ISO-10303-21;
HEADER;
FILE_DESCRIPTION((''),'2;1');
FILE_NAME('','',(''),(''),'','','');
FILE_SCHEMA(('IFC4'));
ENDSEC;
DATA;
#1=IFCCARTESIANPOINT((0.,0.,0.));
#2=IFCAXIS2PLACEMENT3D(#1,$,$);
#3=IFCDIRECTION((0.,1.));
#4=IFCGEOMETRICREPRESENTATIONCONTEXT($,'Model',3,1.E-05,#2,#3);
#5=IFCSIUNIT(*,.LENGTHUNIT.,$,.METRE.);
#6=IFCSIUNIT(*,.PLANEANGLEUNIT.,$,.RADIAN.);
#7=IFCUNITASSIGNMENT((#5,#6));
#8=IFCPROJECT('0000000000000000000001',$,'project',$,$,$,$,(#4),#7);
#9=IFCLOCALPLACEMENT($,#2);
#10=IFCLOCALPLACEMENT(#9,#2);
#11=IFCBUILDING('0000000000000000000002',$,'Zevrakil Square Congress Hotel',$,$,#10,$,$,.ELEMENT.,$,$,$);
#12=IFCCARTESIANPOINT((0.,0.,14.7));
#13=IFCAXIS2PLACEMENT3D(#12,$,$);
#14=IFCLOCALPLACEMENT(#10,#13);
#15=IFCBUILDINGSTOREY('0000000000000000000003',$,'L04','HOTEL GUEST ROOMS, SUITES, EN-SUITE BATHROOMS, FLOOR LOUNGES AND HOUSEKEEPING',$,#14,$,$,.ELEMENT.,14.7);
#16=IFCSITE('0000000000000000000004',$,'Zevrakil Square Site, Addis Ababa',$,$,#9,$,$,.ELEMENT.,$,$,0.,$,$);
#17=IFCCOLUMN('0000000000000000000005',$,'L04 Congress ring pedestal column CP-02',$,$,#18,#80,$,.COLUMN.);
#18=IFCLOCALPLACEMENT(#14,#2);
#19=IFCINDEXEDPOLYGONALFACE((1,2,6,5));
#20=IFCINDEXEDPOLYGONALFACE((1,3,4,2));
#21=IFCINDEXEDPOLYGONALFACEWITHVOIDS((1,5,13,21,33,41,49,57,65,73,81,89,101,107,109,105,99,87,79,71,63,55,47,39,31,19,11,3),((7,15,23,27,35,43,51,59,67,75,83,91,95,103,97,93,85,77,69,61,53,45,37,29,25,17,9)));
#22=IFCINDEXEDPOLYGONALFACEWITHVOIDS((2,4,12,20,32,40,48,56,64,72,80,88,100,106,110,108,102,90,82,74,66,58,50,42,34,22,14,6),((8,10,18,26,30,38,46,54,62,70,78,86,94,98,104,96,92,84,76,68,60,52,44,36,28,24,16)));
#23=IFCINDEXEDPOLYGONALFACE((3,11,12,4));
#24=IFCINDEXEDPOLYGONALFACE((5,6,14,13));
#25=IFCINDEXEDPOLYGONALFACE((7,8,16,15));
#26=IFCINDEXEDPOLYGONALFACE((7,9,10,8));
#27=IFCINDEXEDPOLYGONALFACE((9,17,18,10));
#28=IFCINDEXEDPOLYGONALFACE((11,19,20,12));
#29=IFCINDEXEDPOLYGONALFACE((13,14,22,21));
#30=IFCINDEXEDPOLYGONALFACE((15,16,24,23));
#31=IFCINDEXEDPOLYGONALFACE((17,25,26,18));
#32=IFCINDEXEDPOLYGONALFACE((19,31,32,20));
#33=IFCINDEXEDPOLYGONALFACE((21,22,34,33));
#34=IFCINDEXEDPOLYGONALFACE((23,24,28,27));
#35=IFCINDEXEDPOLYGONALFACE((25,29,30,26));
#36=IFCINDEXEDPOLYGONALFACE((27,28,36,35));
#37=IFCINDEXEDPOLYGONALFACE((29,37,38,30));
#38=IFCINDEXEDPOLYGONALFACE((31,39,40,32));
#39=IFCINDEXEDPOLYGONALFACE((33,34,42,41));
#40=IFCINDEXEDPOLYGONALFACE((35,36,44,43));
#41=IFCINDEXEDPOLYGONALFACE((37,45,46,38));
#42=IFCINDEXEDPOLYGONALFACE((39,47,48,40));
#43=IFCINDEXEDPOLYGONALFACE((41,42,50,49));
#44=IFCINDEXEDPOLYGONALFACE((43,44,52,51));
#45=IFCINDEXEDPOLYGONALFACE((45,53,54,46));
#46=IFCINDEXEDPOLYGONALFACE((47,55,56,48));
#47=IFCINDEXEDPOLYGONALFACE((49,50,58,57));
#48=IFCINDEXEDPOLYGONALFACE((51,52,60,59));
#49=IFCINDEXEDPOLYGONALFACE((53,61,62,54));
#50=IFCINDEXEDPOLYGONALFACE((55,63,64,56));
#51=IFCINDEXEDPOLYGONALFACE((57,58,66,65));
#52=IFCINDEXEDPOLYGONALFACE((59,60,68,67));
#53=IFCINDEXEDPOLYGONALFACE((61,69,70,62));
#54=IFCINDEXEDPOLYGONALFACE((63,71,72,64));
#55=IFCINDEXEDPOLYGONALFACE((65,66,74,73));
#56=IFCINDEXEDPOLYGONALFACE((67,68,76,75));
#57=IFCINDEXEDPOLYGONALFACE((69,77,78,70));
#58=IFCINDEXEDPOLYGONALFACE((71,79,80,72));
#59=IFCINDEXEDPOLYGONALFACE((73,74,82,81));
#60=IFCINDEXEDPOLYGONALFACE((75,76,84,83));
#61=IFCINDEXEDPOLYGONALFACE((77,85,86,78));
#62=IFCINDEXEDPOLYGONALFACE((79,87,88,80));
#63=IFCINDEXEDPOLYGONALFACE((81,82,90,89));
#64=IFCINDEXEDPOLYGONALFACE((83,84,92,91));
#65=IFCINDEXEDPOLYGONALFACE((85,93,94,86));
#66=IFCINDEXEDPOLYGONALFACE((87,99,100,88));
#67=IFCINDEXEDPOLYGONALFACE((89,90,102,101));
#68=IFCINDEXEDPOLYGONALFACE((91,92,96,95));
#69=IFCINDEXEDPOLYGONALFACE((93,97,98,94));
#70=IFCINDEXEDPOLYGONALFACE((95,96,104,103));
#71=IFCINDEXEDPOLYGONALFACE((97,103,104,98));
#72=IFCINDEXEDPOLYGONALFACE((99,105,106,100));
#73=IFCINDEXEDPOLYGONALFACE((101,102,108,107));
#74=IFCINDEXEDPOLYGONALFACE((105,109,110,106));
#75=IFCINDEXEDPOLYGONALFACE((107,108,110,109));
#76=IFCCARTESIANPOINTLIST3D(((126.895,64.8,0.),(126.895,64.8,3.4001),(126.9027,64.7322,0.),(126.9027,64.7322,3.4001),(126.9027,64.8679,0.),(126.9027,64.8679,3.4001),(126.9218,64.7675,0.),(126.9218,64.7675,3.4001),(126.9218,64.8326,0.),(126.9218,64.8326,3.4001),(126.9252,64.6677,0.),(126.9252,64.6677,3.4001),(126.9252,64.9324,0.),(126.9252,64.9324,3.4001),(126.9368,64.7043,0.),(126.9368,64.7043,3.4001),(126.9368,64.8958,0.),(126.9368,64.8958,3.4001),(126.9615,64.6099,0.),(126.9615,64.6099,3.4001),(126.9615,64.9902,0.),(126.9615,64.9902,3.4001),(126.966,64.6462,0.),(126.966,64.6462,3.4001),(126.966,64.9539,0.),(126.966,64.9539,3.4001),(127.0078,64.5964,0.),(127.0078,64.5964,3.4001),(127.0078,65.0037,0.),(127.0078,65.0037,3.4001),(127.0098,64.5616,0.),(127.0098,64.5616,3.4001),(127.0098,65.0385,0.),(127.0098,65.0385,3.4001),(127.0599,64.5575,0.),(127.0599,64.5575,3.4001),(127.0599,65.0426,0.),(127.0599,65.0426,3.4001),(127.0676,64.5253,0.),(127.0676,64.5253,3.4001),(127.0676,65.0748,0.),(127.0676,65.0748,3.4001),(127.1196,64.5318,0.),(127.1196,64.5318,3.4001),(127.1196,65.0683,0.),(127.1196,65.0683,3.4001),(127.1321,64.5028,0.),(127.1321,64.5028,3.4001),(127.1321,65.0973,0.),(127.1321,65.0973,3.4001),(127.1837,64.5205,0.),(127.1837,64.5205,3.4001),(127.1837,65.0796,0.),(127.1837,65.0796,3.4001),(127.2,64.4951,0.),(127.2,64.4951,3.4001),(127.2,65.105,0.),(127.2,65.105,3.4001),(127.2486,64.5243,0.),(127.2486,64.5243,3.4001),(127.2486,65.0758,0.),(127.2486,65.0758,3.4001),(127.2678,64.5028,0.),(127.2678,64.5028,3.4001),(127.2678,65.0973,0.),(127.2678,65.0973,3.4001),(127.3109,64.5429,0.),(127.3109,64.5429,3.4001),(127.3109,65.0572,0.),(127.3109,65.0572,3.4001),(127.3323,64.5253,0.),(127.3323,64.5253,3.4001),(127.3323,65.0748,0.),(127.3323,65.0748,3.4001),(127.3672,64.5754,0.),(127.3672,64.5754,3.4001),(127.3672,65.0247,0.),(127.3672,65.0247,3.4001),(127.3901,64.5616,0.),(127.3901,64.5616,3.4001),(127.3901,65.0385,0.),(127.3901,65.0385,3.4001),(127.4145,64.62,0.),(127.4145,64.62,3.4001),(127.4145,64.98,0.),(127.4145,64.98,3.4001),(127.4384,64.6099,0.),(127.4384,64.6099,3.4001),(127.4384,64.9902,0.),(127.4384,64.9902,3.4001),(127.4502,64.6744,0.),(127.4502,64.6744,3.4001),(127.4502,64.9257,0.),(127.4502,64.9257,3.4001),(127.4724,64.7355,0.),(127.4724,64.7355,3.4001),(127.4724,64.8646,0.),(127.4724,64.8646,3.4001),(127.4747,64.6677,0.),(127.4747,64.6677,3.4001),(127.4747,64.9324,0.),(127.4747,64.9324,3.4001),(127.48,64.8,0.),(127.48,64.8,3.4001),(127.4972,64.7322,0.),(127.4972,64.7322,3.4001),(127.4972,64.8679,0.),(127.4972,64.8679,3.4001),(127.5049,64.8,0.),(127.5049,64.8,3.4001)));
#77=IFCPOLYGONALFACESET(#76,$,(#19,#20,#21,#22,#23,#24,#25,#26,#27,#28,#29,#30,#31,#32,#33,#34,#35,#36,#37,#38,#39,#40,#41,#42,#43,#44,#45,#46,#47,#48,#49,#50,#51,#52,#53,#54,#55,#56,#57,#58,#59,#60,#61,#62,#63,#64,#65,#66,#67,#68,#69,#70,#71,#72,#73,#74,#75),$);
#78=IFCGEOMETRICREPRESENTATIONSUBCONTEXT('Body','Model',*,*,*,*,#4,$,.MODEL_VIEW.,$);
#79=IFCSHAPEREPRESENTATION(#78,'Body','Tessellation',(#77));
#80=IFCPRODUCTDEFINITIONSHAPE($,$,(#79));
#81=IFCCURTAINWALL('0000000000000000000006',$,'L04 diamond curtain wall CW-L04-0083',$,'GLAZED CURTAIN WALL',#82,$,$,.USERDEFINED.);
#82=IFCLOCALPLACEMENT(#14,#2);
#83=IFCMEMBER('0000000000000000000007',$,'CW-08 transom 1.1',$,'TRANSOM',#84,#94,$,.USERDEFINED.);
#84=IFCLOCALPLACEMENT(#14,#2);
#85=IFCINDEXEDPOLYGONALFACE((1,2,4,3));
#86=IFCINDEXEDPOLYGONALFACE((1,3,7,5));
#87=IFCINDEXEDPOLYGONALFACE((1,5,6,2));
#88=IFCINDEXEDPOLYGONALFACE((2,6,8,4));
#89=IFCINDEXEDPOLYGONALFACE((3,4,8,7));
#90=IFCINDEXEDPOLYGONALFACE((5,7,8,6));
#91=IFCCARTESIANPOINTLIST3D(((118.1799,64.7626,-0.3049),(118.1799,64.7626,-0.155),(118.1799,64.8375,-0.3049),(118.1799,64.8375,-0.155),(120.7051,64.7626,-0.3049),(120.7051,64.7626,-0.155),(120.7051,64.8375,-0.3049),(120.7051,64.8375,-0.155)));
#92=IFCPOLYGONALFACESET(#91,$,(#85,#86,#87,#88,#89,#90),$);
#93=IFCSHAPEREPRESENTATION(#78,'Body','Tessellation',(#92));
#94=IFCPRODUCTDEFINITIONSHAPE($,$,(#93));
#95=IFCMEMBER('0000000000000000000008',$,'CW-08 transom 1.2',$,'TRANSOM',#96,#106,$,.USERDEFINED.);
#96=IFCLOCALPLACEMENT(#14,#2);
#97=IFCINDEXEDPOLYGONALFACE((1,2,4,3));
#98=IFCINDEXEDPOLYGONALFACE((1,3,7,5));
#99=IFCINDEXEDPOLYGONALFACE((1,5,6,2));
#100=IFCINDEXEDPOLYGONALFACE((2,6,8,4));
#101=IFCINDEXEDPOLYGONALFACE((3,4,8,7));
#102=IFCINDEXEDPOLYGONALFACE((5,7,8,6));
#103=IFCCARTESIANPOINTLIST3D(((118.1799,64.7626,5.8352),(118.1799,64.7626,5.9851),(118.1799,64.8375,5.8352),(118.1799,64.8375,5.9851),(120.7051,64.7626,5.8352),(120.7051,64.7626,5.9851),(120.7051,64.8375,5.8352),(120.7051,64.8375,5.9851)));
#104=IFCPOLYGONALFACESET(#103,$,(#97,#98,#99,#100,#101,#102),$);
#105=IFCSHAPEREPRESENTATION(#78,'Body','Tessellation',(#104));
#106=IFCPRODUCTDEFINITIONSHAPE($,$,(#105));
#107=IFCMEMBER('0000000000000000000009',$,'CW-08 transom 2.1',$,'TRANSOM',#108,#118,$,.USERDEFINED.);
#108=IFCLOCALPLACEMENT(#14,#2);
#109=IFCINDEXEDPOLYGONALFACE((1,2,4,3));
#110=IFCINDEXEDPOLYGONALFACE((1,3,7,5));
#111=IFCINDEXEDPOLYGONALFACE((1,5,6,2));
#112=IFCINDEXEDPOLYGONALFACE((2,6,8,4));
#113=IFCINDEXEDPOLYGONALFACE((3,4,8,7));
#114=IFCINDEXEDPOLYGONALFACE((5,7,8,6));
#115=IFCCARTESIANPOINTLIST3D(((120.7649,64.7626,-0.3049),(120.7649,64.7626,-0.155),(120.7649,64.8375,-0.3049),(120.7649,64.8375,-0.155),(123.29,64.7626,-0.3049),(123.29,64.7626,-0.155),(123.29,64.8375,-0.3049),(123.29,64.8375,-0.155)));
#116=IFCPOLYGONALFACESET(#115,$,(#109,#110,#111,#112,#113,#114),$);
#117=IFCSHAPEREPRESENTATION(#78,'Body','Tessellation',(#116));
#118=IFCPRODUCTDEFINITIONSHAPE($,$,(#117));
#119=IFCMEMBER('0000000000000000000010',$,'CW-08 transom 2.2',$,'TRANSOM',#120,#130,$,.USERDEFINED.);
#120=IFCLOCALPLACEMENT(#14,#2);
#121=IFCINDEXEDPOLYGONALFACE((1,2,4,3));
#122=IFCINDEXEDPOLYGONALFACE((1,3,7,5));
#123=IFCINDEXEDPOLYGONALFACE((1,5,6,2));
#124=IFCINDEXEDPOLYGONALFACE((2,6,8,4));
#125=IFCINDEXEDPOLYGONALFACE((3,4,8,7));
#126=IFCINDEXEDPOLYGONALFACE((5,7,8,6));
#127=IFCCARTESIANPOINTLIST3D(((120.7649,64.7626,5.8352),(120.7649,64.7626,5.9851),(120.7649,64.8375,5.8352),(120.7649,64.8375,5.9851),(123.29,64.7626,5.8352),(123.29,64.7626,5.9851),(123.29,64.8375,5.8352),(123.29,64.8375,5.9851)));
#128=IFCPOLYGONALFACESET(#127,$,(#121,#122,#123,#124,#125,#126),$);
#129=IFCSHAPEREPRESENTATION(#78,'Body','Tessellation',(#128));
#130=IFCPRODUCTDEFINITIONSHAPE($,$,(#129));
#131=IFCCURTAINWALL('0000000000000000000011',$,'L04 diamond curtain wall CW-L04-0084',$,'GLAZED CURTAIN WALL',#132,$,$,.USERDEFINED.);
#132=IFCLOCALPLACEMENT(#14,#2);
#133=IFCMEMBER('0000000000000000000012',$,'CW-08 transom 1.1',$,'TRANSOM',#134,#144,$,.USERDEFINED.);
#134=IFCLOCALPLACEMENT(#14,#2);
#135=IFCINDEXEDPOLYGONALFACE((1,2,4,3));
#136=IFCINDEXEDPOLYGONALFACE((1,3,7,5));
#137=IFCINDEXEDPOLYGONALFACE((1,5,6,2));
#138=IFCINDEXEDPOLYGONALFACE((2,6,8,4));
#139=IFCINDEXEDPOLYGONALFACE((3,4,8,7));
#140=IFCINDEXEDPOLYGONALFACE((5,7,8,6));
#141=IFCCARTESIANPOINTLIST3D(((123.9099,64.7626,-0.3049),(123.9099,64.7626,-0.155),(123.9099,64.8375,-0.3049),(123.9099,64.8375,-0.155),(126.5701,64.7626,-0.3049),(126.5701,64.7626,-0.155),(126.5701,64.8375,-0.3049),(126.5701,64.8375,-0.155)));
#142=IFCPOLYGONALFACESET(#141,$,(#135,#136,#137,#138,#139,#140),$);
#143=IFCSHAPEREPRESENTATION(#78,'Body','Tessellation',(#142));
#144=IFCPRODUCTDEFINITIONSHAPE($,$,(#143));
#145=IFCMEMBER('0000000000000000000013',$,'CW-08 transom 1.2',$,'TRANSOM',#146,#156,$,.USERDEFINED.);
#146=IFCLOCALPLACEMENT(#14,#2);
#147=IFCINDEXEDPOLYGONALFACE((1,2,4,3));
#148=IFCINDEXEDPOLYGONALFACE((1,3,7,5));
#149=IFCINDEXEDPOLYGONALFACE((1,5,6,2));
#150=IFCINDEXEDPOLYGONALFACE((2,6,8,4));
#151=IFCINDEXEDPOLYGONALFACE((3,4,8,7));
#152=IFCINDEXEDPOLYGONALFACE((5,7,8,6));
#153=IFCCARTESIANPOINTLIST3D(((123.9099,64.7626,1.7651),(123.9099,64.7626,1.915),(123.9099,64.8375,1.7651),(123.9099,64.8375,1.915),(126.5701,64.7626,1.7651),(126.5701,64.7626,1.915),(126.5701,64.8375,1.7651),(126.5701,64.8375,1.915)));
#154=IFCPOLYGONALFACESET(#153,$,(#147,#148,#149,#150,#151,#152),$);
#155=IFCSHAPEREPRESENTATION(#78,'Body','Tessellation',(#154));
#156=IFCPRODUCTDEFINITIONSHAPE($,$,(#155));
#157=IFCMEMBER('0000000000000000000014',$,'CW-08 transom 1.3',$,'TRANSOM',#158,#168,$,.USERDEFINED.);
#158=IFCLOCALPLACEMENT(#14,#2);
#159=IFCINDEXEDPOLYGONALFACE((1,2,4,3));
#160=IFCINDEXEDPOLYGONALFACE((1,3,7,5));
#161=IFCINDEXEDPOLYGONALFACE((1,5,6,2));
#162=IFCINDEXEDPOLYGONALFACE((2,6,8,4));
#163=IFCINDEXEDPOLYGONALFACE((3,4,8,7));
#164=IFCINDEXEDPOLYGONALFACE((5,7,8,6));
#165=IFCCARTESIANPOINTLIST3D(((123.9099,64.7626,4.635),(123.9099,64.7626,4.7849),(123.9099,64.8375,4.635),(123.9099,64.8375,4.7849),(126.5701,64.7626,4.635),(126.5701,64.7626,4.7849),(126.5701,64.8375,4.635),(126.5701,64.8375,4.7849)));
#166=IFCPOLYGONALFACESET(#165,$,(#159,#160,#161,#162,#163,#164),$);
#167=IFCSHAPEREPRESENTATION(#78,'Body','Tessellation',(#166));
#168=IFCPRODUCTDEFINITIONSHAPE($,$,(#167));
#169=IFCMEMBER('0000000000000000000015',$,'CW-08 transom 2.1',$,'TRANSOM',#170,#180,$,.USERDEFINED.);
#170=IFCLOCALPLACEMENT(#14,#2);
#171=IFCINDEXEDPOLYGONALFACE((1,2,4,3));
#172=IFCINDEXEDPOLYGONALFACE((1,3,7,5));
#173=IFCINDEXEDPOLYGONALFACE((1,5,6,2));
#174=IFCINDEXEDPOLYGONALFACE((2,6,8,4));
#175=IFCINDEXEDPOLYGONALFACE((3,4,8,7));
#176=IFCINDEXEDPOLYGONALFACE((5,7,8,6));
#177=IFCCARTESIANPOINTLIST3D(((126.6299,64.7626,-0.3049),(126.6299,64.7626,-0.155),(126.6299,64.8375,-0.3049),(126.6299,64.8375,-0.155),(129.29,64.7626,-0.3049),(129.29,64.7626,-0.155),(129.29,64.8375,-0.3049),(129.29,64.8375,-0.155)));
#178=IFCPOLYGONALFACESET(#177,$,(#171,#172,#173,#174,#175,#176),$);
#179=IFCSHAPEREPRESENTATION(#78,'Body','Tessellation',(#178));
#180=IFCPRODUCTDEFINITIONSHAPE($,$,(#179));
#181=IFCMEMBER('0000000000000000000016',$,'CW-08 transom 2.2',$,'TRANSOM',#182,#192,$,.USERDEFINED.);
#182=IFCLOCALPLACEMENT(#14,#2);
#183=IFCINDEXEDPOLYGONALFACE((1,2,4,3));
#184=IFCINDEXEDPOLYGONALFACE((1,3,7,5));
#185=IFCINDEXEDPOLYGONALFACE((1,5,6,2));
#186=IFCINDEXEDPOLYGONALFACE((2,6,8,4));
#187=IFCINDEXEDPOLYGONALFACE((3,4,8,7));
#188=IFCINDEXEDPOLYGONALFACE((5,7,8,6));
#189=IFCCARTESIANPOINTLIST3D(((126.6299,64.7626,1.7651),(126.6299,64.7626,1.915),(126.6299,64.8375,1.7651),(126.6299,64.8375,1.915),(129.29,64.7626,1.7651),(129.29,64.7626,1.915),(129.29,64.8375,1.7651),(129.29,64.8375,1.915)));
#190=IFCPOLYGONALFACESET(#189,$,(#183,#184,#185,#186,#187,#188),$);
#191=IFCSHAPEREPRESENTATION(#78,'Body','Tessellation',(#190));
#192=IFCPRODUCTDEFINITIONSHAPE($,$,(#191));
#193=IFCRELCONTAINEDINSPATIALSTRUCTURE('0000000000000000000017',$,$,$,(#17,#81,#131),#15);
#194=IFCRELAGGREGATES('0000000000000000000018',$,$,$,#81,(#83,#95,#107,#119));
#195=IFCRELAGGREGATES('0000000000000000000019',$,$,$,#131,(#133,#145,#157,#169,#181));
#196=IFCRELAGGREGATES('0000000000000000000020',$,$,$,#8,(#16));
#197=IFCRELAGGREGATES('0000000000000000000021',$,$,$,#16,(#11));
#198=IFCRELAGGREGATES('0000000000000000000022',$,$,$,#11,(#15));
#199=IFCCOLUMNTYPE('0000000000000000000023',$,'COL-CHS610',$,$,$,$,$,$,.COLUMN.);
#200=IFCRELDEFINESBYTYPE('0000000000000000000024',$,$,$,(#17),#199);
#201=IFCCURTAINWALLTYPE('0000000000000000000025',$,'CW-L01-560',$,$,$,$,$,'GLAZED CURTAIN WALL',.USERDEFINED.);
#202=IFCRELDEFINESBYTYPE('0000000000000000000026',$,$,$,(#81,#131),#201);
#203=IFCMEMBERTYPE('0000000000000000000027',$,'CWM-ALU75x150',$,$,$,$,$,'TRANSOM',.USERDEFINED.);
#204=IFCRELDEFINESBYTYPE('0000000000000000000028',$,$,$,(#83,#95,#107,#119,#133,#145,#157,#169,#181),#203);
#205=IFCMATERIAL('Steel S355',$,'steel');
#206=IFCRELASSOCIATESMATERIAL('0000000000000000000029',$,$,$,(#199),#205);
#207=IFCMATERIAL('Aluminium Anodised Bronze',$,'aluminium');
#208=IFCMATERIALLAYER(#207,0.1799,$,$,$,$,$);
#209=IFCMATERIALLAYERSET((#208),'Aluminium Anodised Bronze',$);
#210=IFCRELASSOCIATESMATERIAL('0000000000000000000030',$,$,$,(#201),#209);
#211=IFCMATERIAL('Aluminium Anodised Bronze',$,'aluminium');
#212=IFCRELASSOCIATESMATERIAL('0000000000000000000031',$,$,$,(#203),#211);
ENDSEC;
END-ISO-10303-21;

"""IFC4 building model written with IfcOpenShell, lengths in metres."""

from ifc_helpers import new_model, si_unit, direction, frame, origin, origin_2d, place, context, subcontext, project, spatial, rectangle, hollow_circle, extrude, material, layer, layer_set, material_profile, profile_set, type_object, element, aggregate, save


model = new_model("IFC4")

# Units and contexts
model_context = context("Model", 3, precision=1e-05, world=origin(), true_north=direction((0.0, 1.0)))
body_context = subcontext(model_context, "Body", "Model", "MODEL_VIEW")
ifc_project = project(units=[si_unit("LENGTHUNIT", "METRE"), si_unit("PLANEANGLEUNIT", "RADIAN")], contexts=[model_context])

# Site, building, storey
site_placement = place(None, origin())
site = spatial("IfcSite", under=ifc_project, at=site_placement, Name="Zevrakil Square Site, Addis Ababa", CompositionType="ELEMENT", RefElevation=0.0)
building_placement = place(site_placement, origin())
building = spatial("IfcBuilding", under=site, at=building_placement, Name="Zevrakil Square Congress Hotel", CompositionType="ELEMENT")
storey_placement = place(building_placement, frame((0.0, 0.0, 14.7)))
storey = spatial("IfcBuildingStorey", under=building, at=storey_placement, Name="L04", Description="HOTEL GUEST ROOMS, SUITES, EN-SUITE BATHROOMS, FLOOR LOUNGES AND HOUSEKEEPING", CompositionType="ELEMENT", Elevation=14.7)

# Column
ifc_material_1 = material(Name="Steel S355", Category="steel")
ifc_material_profile_1 = material_profile(ifc_material_1, hollow_circle(Radius=0.3049, WallThickness=0.0249, at=origin_2d()), Name="CHS 610x25")
ifc_profile_set_1 = profile_set([ifc_material_profile_1], Name="Steel S355")
column_type = type_object("IfcColumnType", Name="COL-CHS610", PredefinedType="COLUMN", material=ifc_profile_set_1)
column_placement = place(storey_placement, frame((127.2, 64.8, 0.0), z_axis=(0.0, 0.0, 1.0), x_axis=(1.0, 0.0, 0.0)))
element("IfcColumn", 1, at=column_placement, inside=storey, type_object=column_type, Name="L04 Congress ring pedestal column CP-02", PredefinedType="COLUMN", context=body_context, shape_type="SweptSolid", body=[
    extrude(hollow_circle(Radius=0.3049, WallThickness=0.0249, at=origin_2d()), origin(), (0.0, 0.0, 1.0), 3.4001),
])

# Curtain walls, members
ifc_material_2 = material(Name="Aluminium Anodised Bronze", Category="aluminium")
ifc_layer_1 = layer(ifc_material_2, 0.1799)
ifc_layer_set_1 = layer_set([ifc_layer_1], Name="Aluminium Anodised Bronze")
curtain_wall_type = type_object("IfcCurtainWallType", Name="CW-L01-560", ElementType="GLAZED CURTAIN WALL", PredefinedType="USERDEFINED", material=ifc_layer_set_1)
curtain_wall_1_placement = place(storey_placement, origin())
curtain_wall_1 = element("IfcCurtainWall", 2, at=curtain_wall_1_placement, inside=storey, type_object=curtain_wall_type, Name="L04 diamond curtain wall CW-L04-0083", ObjectType="GLAZED CURTAIN WALL", PredefinedType="USERDEFINED")
ifc_material_3 = material(Name="Aluminium Anodised Bronze", Category="aluminium")
ifc_material_profile_2 = material_profile(ifc_material_3, rectangle(XDim=0.075, YDim=0.1499, at=origin_2d()), Name="ALU 75x150")
ifc_profile_set_2 = profile_set([ifc_material_profile_2], Name="Aluminium Anodised Bronze")
member_type_1 = type_object("IfcMemberType", Name="CWM-ALU75x150", ElementType="TRANSOM", PredefinedType="USERDEFINED", material=ifc_profile_set_2)
member_1_placement = place(storey_placement, frame((118.1799, 64.8, -0.23), z_axis=(1.0, 0.0, 0.0), x_axis=(0.0, 1.0, 0.0)))
member_1 = element("IfcMember", 3, at=member_1_placement, type_object=member_type_1, Name="CW-08 transom 1.1", ObjectType="TRANSOM", PredefinedType="USERDEFINED", context=body_context, shape_type="SweptSolid", body=[
    extrude(rectangle(XDim=0.075, YDim=0.1499, at=origin_2d()), origin(), (0.0, 0.0, 1.0), 2.5251),
])
member_2_placement = place(storey_placement, frame((118.1799, 64.8, 5.9102), z_axis=(1.0, 0.0, 0.0), x_axis=(0.0, 1.0, 0.0)))
member_2 = element("IfcMember", 4, at=member_2_placement, type_object=member_type_1, Name="CW-08 transom 1.2", ObjectType="TRANSOM", PredefinedType="USERDEFINED", context=body_context, shape_type="SweptSolid", body=[
    extrude(rectangle(XDim=0.075, YDim=0.1499, at=origin_2d()), origin(), (0.0, 0.0, 1.0), 2.5251),
])
member_3_placement = place(storey_placement, frame((120.7649, 64.8, -0.23), z_axis=(1.0, 0.0, 0.0), x_axis=(0.0, 1.0, 0.0)))
member_3 = element("IfcMember", 5, at=member_3_placement, type_object=member_type_1, Name="CW-08 transom 2.1", ObjectType="TRANSOM", PredefinedType="USERDEFINED", context=body_context, shape_type="SweptSolid", body=[
    extrude(rectangle(XDim=0.075, YDim=0.1499, at=origin_2d()), origin(), (0.0, 0.0, 1.0), 2.5251),
])
member_4_placement = place(storey_placement, frame((120.7649, 64.8, 5.9102), z_axis=(1.0, 0.0, 0.0), x_axis=(0.0, 1.0, 0.0)))
member_4 = element("IfcMember", 6, at=member_4_placement, type_object=member_type_1, Name="CW-08 transom 2.2", ObjectType="TRANSOM", PredefinedType="USERDEFINED", context=body_context, shape_type="SweptSolid", body=[
    extrude(rectangle(XDim=0.075, YDim=0.1499, at=origin_2d()), origin(), (0.0, 0.0, 1.0), 2.5251),
])
curtain_wall_2_placement = place(storey_placement, origin())
curtain_wall_2 = element("IfcCurtainWall", 7, at=curtain_wall_2_placement, inside=storey, type_object=curtain_wall_type, Name="L04 diamond curtain wall CW-L04-0084", ObjectType="GLAZED CURTAIN WALL", PredefinedType="USERDEFINED")
member_5_placement = place(storey_placement, frame((123.9099, 64.8, -0.23), z_axis=(1.0, 0.0, 0.0), x_axis=(0.0, 1.0, 0.0)))
member_5 = element("IfcMember", 8, at=member_5_placement, type_object=member_type_1, Name="CW-08 transom 1.1", ObjectType="TRANSOM", PredefinedType="USERDEFINED", context=body_context, shape_type="SweptSolid", body=[
    extrude(rectangle(XDim=0.075, YDim=0.1499, at=origin_2d()), origin(), (0.0, 0.0, 1.0), 2.6602),
])
member_6_placement = place(storey_placement, frame((123.9099, 64.8, 1.8401), z_axis=(1.0, 0.0, 0.0), x_axis=(0.0, 1.0, 0.0)))
member_6 = element("IfcMember", 9, at=member_6_placement, type_object=member_type_1, Name="CW-08 transom 1.2", ObjectType="TRANSOM", PredefinedType="USERDEFINED", context=body_context, shape_type="SweptSolid", body=[
    extrude(rectangle(XDim=0.075, YDim=0.1499, at=origin_2d()), origin(), (0.0, 0.0, 1.0), 2.6602),
])
member_7_placement = place(storey_placement, frame((123.9099, 64.8, 4.71), z_axis=(1.0, 0.0, 0.0), x_axis=(0.0, 1.0, 0.0)))
member_7 = element("IfcMember", 10, at=member_7_placement, type_object=member_type_1, Name="CW-08 transom 1.3", ObjectType="TRANSOM", PredefinedType="USERDEFINED", context=body_context, shape_type="SweptSolid", body=[
    extrude(rectangle(XDim=0.075, YDim=0.1499, at=origin_2d()), origin(), (0.0, 0.0, 1.0), 2.6602),
])
member_8_placement = place(storey_placement, frame((126.6299, 64.8, -0.23), z_axis=(1.0, 0.0, 0.0), x_axis=(0.0, 1.0, 0.0)))
member_8 = element("IfcMember", 11, at=member_8_placement, type_object=member_type_1, Name="CW-08 transom 2.1", ObjectType="TRANSOM", PredefinedType="USERDEFINED", context=body_context, shape_type="SweptSolid", body=[
    extrude(rectangle(XDim=0.075, YDim=0.1499, at=origin_2d()), origin(), (0.0, 0.0, 1.0), 2.6602),
])
member_9_placement = place(storey_placement, frame((126.6299, 64.8, 1.8401), z_axis=(1.0, 0.0, 0.0), x_axis=(0.0, 1.0, 0.0)))
member_9 = element("IfcMember", 12, at=member_9_placement, type_object=member_type_1, Name="CW-08 transom 2.2", ObjectType="TRANSOM", PredefinedType="USERDEFINED", context=body_context, shape_type="SweptSolid", body=[
    extrude(rectangle(XDim=0.075, YDim=0.1499, at=origin_2d()), origin(), (0.0, 0.0, 1.0), 2.6602),
])

aggregate(curtain_wall_1, [member_1, member_2, member_3, member_4])
aggregate(curtain_wall_2, [member_5, member_6, member_7, member_8, member_9])

save(model, "model.ifc")
